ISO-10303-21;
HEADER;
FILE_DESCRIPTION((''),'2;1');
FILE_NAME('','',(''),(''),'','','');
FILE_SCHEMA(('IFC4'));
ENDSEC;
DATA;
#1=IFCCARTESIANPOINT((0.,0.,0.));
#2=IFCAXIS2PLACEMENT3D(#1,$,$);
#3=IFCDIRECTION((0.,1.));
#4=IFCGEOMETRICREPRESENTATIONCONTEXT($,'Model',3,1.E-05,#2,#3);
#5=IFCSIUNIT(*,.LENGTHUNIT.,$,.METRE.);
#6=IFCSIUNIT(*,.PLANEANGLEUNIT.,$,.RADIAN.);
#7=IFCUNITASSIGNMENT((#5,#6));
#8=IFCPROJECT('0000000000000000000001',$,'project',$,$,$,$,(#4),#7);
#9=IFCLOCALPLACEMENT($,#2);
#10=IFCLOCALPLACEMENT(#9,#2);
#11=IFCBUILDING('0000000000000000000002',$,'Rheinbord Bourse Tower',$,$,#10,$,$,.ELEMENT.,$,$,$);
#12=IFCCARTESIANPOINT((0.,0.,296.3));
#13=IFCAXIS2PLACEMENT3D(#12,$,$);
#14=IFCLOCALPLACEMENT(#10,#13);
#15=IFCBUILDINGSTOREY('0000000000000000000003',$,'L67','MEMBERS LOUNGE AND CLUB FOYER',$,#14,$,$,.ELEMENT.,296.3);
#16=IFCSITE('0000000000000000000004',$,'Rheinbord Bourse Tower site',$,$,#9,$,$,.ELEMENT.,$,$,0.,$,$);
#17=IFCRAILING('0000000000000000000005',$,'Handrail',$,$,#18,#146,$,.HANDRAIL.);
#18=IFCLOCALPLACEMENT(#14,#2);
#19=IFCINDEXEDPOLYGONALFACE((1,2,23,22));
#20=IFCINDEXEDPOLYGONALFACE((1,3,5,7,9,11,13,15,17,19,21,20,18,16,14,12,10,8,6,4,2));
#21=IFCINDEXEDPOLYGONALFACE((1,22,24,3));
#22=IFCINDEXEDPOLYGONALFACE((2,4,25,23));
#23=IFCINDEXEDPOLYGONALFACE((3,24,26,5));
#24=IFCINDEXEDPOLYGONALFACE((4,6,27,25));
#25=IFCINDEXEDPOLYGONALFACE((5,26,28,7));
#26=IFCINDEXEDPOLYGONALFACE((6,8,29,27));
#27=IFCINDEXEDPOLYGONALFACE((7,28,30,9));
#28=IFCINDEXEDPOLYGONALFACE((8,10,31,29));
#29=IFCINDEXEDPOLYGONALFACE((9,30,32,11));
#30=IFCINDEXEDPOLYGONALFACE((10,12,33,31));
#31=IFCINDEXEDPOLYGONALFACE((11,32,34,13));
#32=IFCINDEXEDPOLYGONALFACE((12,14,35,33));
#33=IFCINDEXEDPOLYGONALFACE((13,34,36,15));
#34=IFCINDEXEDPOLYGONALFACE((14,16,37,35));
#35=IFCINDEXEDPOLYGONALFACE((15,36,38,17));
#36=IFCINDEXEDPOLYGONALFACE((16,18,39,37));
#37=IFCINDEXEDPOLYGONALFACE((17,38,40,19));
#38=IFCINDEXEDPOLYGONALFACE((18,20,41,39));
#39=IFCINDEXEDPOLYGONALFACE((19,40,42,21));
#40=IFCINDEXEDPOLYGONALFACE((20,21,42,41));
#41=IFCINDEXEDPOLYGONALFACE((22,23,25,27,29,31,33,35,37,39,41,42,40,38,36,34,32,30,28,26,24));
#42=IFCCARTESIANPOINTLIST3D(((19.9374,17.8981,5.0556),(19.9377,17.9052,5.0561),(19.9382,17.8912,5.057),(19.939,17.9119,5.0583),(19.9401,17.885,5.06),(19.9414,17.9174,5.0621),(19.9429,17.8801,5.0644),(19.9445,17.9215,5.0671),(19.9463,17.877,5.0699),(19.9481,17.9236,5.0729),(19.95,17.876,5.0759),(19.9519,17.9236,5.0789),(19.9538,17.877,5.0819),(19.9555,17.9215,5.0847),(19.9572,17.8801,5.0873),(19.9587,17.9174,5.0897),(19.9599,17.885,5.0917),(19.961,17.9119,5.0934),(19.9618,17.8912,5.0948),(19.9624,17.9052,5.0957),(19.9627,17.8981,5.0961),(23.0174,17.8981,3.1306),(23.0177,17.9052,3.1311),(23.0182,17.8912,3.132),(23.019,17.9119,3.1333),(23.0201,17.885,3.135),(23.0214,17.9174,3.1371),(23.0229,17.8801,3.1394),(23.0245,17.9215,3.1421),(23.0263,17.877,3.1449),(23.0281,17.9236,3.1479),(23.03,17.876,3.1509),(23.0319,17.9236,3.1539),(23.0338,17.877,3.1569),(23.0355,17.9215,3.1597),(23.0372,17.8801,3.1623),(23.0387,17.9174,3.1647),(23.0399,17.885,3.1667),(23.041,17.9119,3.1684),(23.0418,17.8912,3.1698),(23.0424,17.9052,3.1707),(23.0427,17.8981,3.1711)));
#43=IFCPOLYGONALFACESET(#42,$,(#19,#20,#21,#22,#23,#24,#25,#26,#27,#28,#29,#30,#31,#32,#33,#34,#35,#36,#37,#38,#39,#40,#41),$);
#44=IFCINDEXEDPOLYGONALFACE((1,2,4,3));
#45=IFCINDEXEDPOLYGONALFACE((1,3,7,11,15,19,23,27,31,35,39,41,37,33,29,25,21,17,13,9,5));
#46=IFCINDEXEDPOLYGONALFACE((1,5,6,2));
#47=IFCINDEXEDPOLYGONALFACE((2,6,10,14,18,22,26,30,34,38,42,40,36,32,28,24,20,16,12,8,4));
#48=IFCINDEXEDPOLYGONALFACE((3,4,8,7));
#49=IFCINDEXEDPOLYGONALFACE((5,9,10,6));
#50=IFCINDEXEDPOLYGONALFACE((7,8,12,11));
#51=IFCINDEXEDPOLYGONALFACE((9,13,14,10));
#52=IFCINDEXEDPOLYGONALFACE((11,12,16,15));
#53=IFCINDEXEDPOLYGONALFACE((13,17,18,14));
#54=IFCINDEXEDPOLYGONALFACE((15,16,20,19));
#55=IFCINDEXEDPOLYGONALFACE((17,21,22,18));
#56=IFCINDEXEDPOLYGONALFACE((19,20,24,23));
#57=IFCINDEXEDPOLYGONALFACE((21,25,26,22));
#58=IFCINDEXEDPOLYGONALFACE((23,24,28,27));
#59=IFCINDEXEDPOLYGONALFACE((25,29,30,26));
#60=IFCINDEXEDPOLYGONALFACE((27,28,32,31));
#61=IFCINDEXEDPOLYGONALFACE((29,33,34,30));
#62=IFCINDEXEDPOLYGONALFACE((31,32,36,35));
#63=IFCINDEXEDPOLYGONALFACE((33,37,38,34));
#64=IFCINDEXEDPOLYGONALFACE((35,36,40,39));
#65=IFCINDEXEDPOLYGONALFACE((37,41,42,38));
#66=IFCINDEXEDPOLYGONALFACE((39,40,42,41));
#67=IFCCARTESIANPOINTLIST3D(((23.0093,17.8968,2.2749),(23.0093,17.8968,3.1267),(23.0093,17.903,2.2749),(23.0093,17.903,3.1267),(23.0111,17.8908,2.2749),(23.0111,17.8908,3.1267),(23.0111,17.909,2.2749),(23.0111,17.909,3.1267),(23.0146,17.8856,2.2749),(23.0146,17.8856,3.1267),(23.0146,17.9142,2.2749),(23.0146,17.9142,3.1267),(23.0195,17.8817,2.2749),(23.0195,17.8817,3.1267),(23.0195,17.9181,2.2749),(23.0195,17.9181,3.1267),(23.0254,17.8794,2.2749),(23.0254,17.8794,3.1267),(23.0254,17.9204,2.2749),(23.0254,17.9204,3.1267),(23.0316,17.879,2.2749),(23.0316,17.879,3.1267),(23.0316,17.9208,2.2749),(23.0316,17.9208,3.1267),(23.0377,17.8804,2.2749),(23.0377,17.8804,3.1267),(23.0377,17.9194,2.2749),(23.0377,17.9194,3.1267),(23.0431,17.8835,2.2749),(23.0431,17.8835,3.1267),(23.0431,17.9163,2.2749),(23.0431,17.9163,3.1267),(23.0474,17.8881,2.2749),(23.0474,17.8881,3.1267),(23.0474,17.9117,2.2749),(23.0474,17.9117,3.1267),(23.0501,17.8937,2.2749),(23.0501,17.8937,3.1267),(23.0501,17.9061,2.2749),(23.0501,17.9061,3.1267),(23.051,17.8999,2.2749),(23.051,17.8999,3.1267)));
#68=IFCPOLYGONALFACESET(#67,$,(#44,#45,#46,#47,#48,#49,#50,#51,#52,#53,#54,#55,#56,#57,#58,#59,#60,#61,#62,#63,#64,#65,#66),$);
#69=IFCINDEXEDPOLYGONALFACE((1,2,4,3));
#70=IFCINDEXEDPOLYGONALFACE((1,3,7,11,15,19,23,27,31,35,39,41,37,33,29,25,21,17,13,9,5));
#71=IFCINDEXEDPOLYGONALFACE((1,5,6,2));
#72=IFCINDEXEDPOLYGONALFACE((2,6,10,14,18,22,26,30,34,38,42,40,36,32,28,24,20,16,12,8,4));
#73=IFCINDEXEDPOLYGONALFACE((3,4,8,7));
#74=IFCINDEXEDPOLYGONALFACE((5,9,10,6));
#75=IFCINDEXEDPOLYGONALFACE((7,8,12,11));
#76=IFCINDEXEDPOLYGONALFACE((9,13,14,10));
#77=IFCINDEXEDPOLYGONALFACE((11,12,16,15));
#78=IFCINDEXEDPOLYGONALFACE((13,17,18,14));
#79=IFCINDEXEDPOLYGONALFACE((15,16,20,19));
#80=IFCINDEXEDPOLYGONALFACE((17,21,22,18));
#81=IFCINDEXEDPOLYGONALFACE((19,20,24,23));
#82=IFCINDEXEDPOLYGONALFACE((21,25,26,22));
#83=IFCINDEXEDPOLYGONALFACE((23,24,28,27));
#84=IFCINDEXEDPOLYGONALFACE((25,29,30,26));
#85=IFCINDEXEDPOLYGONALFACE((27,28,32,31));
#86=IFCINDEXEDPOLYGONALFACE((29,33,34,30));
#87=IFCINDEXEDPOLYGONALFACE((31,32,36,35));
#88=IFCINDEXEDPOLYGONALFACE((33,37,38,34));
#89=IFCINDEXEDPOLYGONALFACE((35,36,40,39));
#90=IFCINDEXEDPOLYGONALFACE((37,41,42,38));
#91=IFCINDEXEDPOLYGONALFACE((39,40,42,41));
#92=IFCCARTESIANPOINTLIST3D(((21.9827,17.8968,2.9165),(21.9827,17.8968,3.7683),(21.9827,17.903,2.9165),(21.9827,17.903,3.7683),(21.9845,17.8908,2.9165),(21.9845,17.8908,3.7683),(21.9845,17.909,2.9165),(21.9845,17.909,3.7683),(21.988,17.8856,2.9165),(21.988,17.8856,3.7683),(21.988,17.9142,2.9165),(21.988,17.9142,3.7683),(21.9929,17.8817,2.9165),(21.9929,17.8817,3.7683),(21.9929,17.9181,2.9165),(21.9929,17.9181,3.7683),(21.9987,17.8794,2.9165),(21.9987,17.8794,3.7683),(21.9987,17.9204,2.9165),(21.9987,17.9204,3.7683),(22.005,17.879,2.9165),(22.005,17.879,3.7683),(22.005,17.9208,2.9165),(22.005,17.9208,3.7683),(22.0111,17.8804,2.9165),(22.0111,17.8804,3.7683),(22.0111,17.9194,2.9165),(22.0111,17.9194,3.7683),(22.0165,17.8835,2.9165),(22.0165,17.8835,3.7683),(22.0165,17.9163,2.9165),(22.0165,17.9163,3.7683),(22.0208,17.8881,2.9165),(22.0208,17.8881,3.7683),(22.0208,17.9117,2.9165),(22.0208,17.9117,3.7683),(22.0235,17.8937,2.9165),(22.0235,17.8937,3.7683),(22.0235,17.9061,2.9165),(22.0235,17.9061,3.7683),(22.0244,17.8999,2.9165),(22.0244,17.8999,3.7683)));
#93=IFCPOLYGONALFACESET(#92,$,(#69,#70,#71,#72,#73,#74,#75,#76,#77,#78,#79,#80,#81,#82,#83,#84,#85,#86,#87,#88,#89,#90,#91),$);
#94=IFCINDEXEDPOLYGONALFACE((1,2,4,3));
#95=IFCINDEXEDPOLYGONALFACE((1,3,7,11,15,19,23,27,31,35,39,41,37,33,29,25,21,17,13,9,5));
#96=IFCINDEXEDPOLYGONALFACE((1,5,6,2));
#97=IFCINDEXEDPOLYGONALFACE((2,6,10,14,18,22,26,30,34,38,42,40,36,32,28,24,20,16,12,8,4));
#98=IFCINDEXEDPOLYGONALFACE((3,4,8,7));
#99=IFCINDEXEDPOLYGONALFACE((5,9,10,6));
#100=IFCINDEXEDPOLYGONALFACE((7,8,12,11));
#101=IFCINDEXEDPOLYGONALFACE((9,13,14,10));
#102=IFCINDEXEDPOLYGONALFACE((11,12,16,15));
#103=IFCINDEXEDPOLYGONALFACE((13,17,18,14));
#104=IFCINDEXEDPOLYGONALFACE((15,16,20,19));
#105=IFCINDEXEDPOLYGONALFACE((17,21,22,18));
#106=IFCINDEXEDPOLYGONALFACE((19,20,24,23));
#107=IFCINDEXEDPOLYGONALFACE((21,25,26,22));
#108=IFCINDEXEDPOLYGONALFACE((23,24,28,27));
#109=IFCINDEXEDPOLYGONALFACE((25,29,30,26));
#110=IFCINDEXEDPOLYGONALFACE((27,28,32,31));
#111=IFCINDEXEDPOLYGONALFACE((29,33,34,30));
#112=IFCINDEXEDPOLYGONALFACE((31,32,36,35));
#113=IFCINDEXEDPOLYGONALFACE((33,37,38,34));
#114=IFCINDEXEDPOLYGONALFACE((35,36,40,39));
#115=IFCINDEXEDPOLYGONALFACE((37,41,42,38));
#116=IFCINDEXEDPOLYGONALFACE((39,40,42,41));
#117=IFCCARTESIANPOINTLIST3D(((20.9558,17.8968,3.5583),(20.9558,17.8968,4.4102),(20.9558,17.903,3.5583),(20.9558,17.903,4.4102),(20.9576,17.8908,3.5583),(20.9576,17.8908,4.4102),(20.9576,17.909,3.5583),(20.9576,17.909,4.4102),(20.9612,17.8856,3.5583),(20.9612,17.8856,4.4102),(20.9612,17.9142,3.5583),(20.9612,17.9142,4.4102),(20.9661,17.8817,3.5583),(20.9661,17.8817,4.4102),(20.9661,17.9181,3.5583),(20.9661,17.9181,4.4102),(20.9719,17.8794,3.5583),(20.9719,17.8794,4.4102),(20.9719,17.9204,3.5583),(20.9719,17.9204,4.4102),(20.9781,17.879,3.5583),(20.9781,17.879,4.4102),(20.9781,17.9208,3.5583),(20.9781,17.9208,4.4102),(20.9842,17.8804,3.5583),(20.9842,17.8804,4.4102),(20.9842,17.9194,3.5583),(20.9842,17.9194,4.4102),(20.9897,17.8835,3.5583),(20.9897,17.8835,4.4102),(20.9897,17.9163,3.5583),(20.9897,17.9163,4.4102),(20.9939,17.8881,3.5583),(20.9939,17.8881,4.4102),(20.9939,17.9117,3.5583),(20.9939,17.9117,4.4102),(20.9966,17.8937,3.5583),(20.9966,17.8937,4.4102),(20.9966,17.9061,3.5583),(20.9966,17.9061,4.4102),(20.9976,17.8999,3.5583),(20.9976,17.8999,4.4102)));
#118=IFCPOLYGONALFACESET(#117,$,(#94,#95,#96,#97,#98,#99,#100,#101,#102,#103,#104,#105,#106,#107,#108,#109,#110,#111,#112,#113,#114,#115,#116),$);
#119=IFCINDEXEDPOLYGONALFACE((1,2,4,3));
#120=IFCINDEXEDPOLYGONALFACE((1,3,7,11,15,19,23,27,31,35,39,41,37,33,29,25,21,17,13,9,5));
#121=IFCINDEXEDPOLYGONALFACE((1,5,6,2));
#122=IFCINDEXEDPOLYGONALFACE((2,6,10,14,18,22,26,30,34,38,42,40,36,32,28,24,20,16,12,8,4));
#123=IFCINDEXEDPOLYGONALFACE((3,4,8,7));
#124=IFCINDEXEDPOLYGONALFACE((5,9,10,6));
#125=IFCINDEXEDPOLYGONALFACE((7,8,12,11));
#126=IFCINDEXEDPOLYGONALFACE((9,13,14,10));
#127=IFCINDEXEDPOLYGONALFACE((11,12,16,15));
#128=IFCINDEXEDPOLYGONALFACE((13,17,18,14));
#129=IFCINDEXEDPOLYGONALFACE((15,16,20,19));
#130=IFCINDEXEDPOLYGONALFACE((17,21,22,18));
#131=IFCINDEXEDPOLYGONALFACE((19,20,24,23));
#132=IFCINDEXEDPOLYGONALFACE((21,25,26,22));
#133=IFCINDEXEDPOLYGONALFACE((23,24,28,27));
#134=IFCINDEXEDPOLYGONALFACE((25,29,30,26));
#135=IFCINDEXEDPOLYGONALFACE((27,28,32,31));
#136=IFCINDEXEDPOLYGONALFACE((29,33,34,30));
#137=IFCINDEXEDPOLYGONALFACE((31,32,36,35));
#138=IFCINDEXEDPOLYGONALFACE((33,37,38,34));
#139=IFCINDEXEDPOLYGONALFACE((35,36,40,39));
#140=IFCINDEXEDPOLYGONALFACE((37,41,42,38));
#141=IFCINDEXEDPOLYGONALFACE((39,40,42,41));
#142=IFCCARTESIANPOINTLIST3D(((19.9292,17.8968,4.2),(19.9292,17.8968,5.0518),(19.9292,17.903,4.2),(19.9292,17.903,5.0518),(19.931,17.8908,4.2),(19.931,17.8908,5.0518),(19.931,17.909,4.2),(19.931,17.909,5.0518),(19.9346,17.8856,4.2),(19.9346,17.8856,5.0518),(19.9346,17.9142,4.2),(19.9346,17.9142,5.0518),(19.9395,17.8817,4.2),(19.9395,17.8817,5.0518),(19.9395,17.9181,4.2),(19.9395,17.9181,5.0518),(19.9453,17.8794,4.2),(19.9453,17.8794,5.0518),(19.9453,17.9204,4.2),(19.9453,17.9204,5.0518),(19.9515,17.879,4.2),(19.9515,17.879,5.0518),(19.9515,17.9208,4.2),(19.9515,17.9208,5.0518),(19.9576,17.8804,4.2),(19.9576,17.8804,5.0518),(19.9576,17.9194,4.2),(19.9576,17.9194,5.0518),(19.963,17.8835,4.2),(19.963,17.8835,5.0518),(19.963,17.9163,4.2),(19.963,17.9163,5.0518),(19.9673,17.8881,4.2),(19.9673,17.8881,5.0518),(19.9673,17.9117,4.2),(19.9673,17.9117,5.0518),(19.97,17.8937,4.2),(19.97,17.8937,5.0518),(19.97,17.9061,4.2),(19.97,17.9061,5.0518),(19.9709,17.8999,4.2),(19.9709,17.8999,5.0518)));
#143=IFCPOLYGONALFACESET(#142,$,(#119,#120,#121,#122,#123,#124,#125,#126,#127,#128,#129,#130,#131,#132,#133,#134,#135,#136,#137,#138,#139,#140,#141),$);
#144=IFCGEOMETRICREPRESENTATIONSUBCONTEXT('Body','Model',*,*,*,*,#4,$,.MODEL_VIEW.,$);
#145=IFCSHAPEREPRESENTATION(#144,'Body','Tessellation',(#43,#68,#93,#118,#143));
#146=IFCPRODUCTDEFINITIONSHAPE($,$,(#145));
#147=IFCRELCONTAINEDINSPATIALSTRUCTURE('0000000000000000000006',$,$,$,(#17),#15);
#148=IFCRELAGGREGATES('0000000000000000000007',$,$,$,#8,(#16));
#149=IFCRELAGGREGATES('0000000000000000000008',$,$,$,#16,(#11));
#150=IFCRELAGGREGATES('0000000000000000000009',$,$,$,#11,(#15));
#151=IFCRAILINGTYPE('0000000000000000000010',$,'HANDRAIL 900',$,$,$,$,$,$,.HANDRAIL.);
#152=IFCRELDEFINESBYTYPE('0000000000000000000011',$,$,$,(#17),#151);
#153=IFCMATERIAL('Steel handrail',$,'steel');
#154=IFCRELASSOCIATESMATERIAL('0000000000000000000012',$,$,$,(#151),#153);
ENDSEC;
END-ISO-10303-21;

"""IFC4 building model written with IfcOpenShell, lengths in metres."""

from ifc_helpers import new_model, si_unit, direction, frame, origin, origin_2d, place, context, subcontext, project, spatial, circle, extrude, material, type_object, element, save


model = new_model("IFC4")

# Units and contexts
model_context = context("Model", 3, precision=1e-05, world=origin(), true_north=direction((0.0, 1.0)))
body_context = subcontext(model_context, "Body", "Model", "MODEL_VIEW")
ifc_project = project(units=[si_unit("LENGTHUNIT", "METRE"), si_unit("PLANEANGLEUNIT", "RADIAN")], contexts=[model_context])

# Site, building, storey
site_placement = place(None, origin())
site = spatial("IfcSite", under=ifc_project, at=site_placement, Name="Rheinbord Bourse Tower site", CompositionType="ELEMENT", RefElevation=0.0)
building_placement = place(site_placement, origin())
building = spatial("IfcBuilding", under=site, at=building_placement, Name="Rheinbord Bourse Tower", CompositionType="ELEMENT")
storey_placement = place(building_placement, frame((0.0, 0.0, 296.3)))
storey = spatial("IfcBuildingStorey", under=building, at=storey_placement, Name="L67", Description="MEMBERS LOUNGE AND CLUB FOYER", CompositionType="ELEMENT", Elevation=296.3)

# Railing
ifc_material_1 = material(Name="Steel handrail", Category="steel")
railing_type = type_object("IfcRailingType", Name="HANDRAIL 900", PredefinedType="HANDRAIL", material=ifc_material_1)
railing_1_placement = place(storey_placement, frame((23.03, 17.8999, 2.2749)))
element("IfcRailing", 1, at=railing_1_placement, inside=storey, type_object=railing_type, Name="Handrail", PredefinedType="HANDRAIL", context=body_context, shape_type="SweptSolid", body=[
    extrude(circle(Radius=0.0239, at=origin_2d()), frame((0.0, 0.0, 0.876), z_axis=(-0.847998, 0.0, 0.529999), x_axis=(0.0, -1.0, 0.0)), (0.0, 0.0, 1.0), 3.6321),
    extrude(circle(Radius=0.021, at=origin_2d()), origin(), (0.0, 0.0, 1.0), 0.8518),
    extrude(circle(Radius=0.021, at=origin_2d()), frame((-1.0266, 0.0, 0.6416)), (0.0, 0.0, 1.0), 0.8518),
    extrude(circle(Radius=0.021, at=origin_2d()), frame((-2.0535, 0.0, 1.2834)), (0.0, 0.0, 1.0), 0.8518),
    extrude(circle(Radius=0.021, at=origin_2d()), frame((-3.0801, 0.0, 1.925)), (0.0, 0.0, 1.0), 0.8518),
])

save(model, "model.ifc")
